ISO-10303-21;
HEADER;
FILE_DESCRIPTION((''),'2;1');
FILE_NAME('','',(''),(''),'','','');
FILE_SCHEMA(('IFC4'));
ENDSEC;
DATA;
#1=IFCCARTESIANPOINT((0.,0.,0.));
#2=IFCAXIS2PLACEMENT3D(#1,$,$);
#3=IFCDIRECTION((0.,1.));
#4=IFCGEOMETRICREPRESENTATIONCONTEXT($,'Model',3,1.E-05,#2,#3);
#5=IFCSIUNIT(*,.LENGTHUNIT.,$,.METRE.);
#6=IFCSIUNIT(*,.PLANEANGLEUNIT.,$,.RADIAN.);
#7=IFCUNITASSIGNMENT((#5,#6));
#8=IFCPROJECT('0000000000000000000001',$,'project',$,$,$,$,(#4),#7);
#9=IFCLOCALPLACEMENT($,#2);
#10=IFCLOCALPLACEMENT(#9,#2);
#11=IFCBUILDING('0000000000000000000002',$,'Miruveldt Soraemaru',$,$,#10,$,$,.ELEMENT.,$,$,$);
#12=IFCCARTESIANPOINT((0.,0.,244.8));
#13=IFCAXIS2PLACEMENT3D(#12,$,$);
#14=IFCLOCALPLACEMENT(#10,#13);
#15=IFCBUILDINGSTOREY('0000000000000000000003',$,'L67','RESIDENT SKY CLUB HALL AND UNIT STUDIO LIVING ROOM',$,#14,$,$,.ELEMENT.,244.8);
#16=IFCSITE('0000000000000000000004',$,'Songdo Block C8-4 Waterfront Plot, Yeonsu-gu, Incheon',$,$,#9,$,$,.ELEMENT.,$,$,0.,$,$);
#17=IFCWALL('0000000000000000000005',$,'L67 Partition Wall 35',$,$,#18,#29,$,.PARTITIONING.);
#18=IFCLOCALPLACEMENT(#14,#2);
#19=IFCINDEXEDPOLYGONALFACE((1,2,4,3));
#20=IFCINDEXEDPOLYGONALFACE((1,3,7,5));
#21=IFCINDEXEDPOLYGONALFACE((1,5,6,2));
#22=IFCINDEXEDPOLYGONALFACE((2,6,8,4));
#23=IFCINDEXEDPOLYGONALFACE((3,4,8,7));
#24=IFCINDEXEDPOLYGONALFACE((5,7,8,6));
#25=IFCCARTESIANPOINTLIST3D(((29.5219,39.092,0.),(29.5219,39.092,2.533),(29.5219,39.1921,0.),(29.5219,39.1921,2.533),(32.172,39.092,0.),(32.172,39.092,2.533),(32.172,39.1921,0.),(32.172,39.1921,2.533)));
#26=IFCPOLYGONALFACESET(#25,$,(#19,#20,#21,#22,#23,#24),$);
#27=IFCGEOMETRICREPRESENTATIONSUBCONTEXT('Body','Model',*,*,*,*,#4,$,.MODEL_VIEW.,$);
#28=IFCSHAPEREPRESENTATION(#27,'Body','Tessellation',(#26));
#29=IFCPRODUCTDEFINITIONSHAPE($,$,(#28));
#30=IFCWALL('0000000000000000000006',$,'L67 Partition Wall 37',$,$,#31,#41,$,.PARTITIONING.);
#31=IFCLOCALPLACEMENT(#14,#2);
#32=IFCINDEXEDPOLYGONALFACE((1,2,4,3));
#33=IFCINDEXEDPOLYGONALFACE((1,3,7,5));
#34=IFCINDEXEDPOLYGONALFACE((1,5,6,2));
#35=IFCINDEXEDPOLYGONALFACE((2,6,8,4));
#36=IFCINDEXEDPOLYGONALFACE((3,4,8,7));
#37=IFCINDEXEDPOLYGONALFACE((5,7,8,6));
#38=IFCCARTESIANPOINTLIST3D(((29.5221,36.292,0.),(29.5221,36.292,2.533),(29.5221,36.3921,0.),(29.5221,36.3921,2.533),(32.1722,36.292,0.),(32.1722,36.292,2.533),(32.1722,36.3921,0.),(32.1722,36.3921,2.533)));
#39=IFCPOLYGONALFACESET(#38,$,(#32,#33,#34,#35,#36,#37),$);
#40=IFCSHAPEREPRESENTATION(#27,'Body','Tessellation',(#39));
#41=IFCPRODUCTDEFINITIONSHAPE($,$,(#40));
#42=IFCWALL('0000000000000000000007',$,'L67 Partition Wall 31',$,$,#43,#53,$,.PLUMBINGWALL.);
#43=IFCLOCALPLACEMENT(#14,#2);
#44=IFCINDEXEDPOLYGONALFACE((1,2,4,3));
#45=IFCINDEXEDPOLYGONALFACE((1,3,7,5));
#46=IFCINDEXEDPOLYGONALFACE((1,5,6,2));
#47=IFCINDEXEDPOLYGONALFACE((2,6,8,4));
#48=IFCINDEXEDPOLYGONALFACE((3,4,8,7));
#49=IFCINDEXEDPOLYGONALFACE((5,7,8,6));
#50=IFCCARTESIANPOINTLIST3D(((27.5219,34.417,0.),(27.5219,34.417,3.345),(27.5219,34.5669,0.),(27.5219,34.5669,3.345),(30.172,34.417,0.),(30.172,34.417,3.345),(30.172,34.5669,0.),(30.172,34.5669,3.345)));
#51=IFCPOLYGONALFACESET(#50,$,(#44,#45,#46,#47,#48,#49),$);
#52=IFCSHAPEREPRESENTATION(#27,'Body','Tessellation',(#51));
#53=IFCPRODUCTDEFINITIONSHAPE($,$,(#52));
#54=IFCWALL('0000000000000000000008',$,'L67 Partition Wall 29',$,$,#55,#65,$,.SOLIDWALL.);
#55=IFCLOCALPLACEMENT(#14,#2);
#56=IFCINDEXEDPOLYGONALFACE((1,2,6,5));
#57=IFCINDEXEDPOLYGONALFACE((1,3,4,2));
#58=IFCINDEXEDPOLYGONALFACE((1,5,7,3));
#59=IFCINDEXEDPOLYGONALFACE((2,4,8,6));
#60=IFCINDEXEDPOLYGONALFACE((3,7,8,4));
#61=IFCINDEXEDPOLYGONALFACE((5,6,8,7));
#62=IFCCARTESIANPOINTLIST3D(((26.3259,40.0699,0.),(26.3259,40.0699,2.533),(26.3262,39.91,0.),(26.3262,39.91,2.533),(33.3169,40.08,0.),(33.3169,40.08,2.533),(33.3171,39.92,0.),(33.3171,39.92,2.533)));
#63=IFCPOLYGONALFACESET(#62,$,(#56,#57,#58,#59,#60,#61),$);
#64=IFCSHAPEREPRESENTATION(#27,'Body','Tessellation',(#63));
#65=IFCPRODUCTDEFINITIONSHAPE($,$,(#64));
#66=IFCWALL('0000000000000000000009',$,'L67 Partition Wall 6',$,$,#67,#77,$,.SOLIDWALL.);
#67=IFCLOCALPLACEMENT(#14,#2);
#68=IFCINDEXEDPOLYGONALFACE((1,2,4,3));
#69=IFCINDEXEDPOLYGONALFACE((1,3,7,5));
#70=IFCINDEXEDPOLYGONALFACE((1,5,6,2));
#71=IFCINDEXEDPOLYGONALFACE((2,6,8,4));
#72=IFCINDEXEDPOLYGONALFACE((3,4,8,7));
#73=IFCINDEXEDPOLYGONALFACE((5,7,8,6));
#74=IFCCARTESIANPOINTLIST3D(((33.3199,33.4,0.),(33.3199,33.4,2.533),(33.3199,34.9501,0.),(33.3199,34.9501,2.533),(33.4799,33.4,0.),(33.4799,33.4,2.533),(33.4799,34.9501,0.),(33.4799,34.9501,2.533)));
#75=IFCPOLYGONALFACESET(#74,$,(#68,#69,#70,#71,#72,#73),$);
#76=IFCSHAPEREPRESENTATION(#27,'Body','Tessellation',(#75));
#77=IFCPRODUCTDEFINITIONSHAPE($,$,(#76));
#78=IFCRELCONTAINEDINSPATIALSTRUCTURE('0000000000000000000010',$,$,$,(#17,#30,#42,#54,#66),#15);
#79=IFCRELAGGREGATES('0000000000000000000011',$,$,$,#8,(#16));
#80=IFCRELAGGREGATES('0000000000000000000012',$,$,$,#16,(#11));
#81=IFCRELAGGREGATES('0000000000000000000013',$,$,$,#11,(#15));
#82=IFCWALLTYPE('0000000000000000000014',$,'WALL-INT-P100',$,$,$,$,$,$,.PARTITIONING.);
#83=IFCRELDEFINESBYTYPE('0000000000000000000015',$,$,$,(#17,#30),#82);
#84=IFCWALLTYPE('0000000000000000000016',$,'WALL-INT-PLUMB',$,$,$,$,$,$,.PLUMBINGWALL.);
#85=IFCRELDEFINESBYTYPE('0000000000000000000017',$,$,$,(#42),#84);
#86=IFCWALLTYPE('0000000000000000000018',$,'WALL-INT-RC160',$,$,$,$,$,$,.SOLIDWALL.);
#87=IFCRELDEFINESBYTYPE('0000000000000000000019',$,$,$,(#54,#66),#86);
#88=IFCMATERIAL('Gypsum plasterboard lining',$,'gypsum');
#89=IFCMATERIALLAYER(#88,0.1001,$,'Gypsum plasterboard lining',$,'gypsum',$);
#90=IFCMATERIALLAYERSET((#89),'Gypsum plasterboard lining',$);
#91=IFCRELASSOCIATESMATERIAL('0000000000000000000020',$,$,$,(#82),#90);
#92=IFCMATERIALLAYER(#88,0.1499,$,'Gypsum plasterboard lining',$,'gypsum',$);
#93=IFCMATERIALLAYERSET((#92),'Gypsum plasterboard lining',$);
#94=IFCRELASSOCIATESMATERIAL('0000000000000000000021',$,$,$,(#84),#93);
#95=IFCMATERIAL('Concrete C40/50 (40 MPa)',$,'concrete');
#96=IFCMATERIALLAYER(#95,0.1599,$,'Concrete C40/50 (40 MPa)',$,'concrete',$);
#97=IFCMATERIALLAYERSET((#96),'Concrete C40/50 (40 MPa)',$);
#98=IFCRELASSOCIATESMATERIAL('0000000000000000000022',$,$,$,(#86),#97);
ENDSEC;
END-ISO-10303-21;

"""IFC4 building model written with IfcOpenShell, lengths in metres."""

from ifc_helpers import new_model, si_unit, direction, frame, frame_2d, origin, place, context, subcontext, project, spatial, rectangle, extrude, material, layer, layer_set, type_object, element, save


model = new_model("IFC4")

# Units and contexts
model_context = context("Model", 3, precision=1e-05, world=origin(), true_north=direction((0.0, 1.0)))
body_context = subcontext(model_context, "Body", "Model", "MODEL_VIEW")
ifc_project = project(units=[si_unit("LENGTHUNIT", "METRE"), si_unit("PLANEANGLEUNIT", "RADIAN")], contexts=[model_context])

# Site, building, storey
site_placement = place(None, origin())
site = spatial("IfcSite", under=ifc_project, at=site_placement, Name="Songdo Block C8-4 Waterfront Plot, Yeonsu-gu, Incheon", CompositionType="ELEMENT", RefElevation=0.0)
building_placement = place(site_placement, origin())
building = spatial("IfcBuilding", under=site, at=building_placement, Name="Miruveldt Soraemaru", CompositionType="ELEMENT")
storey_placement = place(building_placement, frame((0.0, 0.0, 244.8)))
storey = spatial("IfcBuildingStorey", under=building, at=storey_placement, Name="L67", Description="RESIDENT SKY CLUB HALL AND UNIT STUDIO LIVING ROOM", CompositionType="ELEMENT", Elevation=244.8)

# Shared definitions
ifc_material_1 = material(Name="Gypsum plasterboard lining", Category="gypsum")
ifc_layer_1 = layer(ifc_material_1, 0.1001, Name="Gypsum plasterboard lining", Category="gypsum")
ifc_layer_set_1 = layer_set([ifc_layer_1], Name="Gypsum plasterboard lining")
wall_type_1 = type_object("IfcWallType", Name="WALL-INT-P100", PredefinedType="PARTITIONING", material=ifc_layer_set_1)

# Walls
for number, where, z_axis, x_axis, name in (
    (1, (32.1721, 39.1421, 0.0), (0.0, 0.0, 1.0), (-1.0, 0.0, 0.0), "L67 Partition Wall 35"),
    (2, (29.522, 36.342, 0.0), (0.0, 0.0, 1.0), (1.0, 0.0, 0.0), "L67 Partition Wall 37"),
):
    element("IfcWall", number, at=place(storey_placement, frame(where, z_axis=z_axis, x_axis=x_axis)), inside=storey, type_object=wall_type_1, Name=name, PredefinedType="PARTITIONING", context=body_context, shape_type="SweptSolid", body=[
        extrude(rectangle(XDim=2.6501, YDim=0.1001, at=frame_2d((1.3252, 0.0))), origin(), (0.0, 0.0, 1.0), 2.533),
    ])
ifc_layer_2 = layer(ifc_material_1, 0.1499, Name="Gypsum plasterboard lining", Category="gypsum")
ifc_layer_set_2 = layer_set([ifc_layer_2], Name="Gypsum plasterboard lining")
wall_type_2 = type_object("IfcWallType", Name="WALL-INT-PLUMB", PredefinedType="PLUMBINGWALL", material=ifc_layer_set_2)
wall_1_placement = place(storey_placement, frame((30.1721, 34.4919, 0.0), z_axis=(0.0, 0.0, 1.0), x_axis=(-1.0, 0.0, 0.0)))
element("IfcWall", 3, at=wall_1_placement, inside=storey, type_object=wall_type_2, Name="L67 Partition Wall 31", PredefinedType="PLUMBINGWALL", context=body_context, shape_type="SweptSolid", body=[
    extrude(rectangle(XDim=2.6501, YDim=0.1499, at=frame_2d((1.3252, 0.0))), origin(), (0.0, 0.0, 1.0), 3.345),
])

# Shared definitions
ifc_material_2 = material(Name="Concrete C40/50 (40 MPa)", Category="concrete")
ifc_layer_3 = layer(ifc_material_2, 0.1599, Name="Concrete C40/50 (40 MPa)", Category="concrete")
ifc_layer_set_3 = layer_set([ifc_layer_3], Name="Concrete C40/50 (40 MPa)")
wall_type_3 = type_object("IfcWallType", Name="WALL-INT-RC160", PredefinedType="SOLIDWALL", material=ifc_layer_set_3)

# Walls
wall_2_placement = place(storey_placement, frame((26.3259, 39.99, 0.0), z_axis=(0.0, 0.0, 1.0), x_axis=(0.999999, 0.001432, 0.0)))
element("IfcWall", 4, at=wall_2_placement, inside=storey, type_object=wall_type_3, Name="L67 Partition Wall 29", PredefinedType="SOLIDWALL", context=body_context, shape_type="SweptSolid", body=[
    extrude(rectangle(XDim=6.991, YDim=0.1599, at=frame_2d((3.4956, 0.0))), origin(), (0.0, 0.0, 1.0), 2.533),
])
wall_3_placement = place(storey_placement, frame((33.3999, 34.95, 0.0), z_axis=(0.0, 0.0, 1.0), x_axis=(0.0, -1.0, 0.0)))
element("IfcWall", 5, at=wall_3_placement, inside=storey, type_object=wall_type_3, Name="L67 Partition Wall 6", PredefinedType="SOLIDWALL", context=body_context, shape_type="SweptSolid", body=[
    extrude(rectangle(XDim=1.55, YDim=0.1599, at=frame_2d((0.7749, 0.0))), origin(), (0.0, 0.0, 1.0), 2.533),
])

save(model, "model.ifc")
